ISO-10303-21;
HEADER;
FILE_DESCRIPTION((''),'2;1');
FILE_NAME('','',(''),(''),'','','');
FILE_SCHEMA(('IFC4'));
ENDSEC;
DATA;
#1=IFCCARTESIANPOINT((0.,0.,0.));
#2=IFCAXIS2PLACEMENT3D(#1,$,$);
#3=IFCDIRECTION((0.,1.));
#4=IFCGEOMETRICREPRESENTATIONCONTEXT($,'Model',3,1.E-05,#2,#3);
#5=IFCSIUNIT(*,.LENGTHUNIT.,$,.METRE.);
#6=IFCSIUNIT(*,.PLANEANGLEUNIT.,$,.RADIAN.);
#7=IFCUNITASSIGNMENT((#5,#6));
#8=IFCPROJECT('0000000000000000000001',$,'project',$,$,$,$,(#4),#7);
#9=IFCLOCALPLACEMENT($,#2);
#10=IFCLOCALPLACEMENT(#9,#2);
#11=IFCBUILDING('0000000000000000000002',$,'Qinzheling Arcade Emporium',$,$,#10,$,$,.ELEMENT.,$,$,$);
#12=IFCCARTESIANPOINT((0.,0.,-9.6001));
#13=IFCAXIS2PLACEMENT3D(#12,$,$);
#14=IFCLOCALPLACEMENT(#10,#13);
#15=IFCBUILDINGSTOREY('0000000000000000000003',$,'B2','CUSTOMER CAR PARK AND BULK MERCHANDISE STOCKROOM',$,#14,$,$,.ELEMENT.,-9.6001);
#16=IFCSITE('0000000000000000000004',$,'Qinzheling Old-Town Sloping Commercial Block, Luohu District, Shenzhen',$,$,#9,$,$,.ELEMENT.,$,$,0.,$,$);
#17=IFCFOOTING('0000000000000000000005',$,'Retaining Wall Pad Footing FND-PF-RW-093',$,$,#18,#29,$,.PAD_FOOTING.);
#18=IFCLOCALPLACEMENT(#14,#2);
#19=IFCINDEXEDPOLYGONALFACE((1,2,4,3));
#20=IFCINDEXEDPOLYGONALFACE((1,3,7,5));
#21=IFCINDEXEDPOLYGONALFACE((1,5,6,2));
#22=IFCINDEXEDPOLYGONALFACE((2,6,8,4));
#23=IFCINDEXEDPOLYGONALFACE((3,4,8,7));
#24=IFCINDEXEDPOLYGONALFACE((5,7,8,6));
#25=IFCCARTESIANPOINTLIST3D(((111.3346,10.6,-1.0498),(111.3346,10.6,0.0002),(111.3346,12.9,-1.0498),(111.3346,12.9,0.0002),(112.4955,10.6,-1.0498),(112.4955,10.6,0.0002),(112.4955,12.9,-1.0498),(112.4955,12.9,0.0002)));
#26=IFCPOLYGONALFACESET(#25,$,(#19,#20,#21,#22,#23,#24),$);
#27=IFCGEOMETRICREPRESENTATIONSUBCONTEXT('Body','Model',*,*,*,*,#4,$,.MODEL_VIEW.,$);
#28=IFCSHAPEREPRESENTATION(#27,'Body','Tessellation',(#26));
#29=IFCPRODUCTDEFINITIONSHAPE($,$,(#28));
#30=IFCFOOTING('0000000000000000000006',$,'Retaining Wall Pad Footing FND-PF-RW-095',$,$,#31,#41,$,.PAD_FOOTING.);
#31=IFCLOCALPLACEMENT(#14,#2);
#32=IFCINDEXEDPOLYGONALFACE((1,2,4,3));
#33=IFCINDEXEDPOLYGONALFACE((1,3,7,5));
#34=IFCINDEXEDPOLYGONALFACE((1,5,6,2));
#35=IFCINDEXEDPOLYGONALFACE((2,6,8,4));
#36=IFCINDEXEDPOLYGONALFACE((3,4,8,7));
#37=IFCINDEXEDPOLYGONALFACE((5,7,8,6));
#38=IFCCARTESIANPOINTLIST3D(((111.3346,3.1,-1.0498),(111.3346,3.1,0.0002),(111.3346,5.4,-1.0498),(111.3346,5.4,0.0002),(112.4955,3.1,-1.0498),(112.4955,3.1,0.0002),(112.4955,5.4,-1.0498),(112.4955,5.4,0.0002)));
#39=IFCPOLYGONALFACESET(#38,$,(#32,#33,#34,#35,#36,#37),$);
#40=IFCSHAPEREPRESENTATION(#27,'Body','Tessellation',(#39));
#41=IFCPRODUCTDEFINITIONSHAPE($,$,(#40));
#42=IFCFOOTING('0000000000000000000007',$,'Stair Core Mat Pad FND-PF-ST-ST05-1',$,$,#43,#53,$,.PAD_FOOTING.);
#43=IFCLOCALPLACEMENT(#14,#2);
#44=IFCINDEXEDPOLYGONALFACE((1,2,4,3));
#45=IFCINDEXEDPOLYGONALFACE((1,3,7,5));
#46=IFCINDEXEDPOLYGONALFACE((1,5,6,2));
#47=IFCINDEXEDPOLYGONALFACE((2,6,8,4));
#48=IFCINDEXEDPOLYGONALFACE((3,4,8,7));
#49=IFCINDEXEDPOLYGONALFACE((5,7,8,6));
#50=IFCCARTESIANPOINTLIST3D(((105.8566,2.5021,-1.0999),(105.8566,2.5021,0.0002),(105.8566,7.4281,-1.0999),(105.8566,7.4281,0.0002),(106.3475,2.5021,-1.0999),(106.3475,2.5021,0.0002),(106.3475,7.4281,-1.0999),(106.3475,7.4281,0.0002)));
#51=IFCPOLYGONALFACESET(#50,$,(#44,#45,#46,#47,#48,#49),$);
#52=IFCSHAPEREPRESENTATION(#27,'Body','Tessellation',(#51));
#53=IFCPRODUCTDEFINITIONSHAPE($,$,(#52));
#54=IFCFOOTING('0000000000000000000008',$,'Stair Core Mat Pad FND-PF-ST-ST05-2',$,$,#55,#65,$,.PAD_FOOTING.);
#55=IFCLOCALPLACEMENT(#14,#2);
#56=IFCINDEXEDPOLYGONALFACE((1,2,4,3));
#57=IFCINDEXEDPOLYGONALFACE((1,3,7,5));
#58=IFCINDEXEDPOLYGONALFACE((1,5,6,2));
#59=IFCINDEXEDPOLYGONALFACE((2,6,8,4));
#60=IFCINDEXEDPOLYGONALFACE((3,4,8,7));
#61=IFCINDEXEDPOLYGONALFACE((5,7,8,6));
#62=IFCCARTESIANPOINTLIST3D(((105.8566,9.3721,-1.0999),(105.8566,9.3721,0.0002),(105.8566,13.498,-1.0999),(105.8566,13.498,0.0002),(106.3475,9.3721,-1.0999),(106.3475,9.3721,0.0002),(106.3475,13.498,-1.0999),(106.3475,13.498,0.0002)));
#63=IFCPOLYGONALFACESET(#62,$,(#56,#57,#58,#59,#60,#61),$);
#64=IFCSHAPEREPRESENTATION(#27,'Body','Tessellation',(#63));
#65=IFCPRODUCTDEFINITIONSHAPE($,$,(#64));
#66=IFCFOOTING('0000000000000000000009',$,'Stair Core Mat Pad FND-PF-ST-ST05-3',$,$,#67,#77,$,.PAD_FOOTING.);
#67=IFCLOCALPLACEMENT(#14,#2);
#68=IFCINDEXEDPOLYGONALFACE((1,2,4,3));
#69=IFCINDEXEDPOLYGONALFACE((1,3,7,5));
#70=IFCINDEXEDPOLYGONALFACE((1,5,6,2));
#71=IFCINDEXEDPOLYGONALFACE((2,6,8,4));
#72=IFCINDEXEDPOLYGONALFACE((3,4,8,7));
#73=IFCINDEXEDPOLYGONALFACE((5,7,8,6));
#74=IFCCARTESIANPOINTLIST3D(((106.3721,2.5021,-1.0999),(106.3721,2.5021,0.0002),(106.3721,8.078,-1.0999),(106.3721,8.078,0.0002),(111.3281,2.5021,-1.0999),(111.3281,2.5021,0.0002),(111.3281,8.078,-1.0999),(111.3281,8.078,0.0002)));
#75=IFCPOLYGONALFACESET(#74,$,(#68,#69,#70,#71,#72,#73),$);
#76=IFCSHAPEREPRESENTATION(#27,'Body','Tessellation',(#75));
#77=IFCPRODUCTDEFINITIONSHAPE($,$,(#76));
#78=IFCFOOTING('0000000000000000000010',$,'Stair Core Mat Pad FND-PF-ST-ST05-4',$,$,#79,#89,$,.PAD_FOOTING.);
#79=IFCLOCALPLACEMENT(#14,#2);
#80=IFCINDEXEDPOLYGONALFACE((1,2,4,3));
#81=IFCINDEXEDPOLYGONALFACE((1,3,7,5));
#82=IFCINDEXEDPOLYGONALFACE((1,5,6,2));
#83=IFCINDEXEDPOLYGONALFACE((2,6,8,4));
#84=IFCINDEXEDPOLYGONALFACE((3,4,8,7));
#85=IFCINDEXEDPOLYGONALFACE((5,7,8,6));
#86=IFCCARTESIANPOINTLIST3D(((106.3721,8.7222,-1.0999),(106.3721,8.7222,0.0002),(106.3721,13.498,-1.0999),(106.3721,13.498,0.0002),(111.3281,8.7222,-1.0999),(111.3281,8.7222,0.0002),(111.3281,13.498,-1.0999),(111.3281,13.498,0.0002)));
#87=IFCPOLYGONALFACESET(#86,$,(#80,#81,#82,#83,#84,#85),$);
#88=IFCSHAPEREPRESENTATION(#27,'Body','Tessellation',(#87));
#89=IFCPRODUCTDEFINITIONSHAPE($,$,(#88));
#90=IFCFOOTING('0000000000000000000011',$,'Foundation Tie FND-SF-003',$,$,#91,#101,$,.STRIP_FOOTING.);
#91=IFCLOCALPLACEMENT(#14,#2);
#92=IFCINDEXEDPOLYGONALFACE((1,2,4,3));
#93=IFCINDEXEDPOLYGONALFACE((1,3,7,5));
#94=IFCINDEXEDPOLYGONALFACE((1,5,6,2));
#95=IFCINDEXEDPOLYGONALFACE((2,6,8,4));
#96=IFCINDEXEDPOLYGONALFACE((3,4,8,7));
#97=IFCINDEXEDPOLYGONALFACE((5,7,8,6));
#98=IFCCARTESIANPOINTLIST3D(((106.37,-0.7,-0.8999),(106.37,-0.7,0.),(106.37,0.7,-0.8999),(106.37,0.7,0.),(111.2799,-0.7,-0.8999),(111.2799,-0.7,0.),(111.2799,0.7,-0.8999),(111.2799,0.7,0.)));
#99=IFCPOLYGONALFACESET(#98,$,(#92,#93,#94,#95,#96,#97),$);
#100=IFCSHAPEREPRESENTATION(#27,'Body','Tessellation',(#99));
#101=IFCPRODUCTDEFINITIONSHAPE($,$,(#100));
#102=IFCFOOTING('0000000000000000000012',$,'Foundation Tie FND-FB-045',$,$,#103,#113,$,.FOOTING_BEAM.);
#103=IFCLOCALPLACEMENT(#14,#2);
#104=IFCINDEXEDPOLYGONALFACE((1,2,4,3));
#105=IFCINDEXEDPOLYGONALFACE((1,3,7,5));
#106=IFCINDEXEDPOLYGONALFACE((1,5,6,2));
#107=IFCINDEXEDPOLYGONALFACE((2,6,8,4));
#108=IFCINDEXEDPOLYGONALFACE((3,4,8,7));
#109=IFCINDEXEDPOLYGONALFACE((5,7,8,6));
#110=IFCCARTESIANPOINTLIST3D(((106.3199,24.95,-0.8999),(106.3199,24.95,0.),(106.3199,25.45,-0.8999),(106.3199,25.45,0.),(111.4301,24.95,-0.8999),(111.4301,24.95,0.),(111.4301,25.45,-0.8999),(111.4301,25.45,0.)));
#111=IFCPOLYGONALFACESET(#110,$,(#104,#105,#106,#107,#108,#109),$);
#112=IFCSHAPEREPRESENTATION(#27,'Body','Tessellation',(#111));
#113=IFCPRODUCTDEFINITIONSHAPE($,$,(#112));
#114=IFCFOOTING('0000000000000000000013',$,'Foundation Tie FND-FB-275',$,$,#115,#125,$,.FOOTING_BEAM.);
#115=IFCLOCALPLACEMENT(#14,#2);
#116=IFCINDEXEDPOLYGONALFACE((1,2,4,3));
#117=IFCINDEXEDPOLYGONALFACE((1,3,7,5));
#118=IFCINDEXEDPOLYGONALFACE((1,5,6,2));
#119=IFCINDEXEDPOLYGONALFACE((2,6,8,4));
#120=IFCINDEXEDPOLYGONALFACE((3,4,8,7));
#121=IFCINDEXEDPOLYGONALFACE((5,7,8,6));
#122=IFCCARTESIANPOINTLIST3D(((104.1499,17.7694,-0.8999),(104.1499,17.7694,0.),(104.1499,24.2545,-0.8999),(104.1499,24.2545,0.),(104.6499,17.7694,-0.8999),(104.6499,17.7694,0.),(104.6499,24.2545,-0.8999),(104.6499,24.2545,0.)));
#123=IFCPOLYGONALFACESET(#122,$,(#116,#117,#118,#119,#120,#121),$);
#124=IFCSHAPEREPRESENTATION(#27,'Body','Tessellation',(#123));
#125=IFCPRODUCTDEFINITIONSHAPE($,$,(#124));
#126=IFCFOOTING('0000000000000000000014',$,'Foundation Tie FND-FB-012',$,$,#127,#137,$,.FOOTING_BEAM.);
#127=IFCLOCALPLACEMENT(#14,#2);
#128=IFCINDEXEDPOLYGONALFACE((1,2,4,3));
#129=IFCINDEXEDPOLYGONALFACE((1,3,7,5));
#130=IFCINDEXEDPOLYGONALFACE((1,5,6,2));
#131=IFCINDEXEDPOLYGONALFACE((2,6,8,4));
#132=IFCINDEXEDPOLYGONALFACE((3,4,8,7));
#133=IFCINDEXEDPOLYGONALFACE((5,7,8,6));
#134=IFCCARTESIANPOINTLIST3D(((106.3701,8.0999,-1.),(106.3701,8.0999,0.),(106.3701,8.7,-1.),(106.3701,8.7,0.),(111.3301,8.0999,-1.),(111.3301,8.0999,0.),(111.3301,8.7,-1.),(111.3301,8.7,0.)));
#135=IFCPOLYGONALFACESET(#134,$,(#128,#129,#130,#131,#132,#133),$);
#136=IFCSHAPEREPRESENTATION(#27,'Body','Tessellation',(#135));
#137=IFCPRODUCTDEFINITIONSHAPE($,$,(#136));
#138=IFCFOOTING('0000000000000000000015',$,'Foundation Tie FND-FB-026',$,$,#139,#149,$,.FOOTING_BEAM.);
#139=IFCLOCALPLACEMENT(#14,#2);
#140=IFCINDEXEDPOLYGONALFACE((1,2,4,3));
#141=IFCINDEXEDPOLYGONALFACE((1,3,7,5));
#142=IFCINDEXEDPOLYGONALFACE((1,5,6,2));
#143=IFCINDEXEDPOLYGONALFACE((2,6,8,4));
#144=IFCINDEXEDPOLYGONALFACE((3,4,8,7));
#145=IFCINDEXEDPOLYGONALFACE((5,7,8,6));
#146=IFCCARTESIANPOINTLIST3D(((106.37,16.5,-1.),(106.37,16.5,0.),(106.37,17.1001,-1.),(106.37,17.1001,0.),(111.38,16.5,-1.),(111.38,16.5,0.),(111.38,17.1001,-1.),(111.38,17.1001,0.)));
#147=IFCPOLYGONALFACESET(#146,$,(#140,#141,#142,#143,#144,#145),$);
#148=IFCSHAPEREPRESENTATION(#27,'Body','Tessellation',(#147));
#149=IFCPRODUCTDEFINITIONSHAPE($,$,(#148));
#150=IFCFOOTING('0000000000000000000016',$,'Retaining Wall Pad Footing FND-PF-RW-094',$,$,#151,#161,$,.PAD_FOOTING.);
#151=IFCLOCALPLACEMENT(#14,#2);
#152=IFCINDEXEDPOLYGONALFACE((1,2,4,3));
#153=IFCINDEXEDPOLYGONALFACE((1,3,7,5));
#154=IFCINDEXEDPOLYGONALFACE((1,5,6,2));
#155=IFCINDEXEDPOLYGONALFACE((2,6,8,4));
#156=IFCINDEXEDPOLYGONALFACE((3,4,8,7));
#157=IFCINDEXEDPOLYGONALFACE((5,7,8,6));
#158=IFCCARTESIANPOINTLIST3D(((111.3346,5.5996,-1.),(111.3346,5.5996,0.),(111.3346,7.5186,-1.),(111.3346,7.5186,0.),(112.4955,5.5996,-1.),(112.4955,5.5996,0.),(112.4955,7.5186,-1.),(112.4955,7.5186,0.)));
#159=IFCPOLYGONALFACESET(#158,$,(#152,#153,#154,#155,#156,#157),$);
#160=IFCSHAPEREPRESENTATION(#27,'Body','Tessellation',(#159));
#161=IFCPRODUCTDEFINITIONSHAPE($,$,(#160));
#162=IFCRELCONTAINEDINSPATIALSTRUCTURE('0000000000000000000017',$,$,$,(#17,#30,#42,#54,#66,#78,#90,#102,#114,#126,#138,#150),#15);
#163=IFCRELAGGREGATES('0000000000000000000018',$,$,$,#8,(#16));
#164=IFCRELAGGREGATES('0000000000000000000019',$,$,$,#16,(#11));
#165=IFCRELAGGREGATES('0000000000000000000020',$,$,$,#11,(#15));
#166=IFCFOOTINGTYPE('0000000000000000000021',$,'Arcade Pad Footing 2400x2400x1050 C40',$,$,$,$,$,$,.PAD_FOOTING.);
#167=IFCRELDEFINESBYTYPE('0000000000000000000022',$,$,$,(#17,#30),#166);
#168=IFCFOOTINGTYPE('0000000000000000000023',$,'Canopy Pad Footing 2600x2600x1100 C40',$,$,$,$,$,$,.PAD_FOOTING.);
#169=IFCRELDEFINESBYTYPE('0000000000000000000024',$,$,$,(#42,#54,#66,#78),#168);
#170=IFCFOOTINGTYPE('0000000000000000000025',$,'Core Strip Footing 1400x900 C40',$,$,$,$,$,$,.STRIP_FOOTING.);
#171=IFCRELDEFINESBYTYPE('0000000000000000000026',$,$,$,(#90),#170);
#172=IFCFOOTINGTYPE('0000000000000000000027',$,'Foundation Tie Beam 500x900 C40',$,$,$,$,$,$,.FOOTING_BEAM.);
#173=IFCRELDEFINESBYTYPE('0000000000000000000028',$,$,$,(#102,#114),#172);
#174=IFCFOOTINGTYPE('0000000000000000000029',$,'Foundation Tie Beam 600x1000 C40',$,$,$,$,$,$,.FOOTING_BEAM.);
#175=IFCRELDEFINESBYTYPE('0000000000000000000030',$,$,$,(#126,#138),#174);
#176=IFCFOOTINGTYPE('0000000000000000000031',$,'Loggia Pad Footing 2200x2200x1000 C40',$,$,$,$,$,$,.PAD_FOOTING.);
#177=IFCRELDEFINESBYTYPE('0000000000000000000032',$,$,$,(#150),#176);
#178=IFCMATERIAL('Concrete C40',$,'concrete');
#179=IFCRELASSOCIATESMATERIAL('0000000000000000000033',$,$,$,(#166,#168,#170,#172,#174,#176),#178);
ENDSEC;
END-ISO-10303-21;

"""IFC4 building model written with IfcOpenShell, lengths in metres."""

from ifc_helpers import new_model, si_unit, direction, frame, origin, origin_2d, place, context, subcontext, project, spatial, rectangle, extrude, material, type_object, element, save


model = new_model("IFC4")

# Units and contexts
model_context = context("Model", 3, precision=1e-05, world=origin(), true_north=direction((0.0, 1.0)))
body_context = subcontext(model_context, "Body", "Model", "MODEL_VIEW")
ifc_project = project(units=[si_unit("LENGTHUNIT", "METRE"), si_unit("PLANEANGLEUNIT", "RADIAN")], contexts=[model_context])

# Site, building, storey
site_placement = place(None, origin())
site = spatial("IfcSite", under=ifc_project, at=site_placement, Name="Qinzheling Old-Town Sloping Commercial Block, Luohu District, Shenzhen", CompositionType="ELEMENT", RefElevation=0.0)
building_placement = place(site_placement, origin())
building = spatial("IfcBuilding", under=site, at=building_placement, Name="Qinzheling Arcade Emporium", CompositionType="ELEMENT")
storey_placement = place(building_placement, frame((0.0, 0.0, -9.6001)))
storey = spatial("IfcBuildingStorey", under=building, at=storey_placement, Name="B2", Description="CUSTOMER CAR PARK AND BULK MERCHANDISE STOCKROOM", CompositionType="ELEMENT", Elevation=-9.6001)

# Footings
ifc_material_1 = material(Name="Concrete C40", Category="concrete")
footing_type_1 = type_object("IfcFootingType", Name="Arcade Pad Footing 2400x2400x1050 C40", PredefinedType="PAD_FOOTING", material=ifc_material_1)
for number, where, z_axis, x_axis, name in (
    (1, (111.915, 11.75, -1.0498), (0.0, 0.0, 1.0), (1.0, 0.0, 0.0), "Retaining Wall Pad Footing FND-PF-RW-093"),
    (2, (111.915, 4.25, -1.0498), (0.0, 0.0, 1.0), (1.0, 0.0, 0.0), "Retaining Wall Pad Footing FND-PF-RW-095"),
):
    element("IfcFooting", number, at=place(storey_placement, frame(where, z_axis=z_axis, x_axis=x_axis)), inside=storey, type_object=footing_type_1, Name=name, PredefinedType="PAD_FOOTING", context=body_context, shape_type="SweptSolid", body=[
        extrude(rectangle(XDim=1.1609, YDim=2.3, at=origin_2d()), origin(), (0.0, 0.0, 1.0), 1.05),
    ])
footing_type_2 = type_object("IfcFootingType", Name="Canopy Pad Footing 2600x2600x1100 C40", PredefinedType="PAD_FOOTING", material=ifc_material_1)
footing_1_placement = place(storey_placement, frame((106.1021, 4.9651, -1.0999), z_axis=(0.0, 0.0, 1.0), x_axis=(1.0, 0.0, 0.0)))
element("IfcFooting", 3, at=footing_1_placement, inside=storey, type_object=footing_type_2, Name="Stair Core Mat Pad FND-PF-ST-ST05-1", PredefinedType="PAD_FOOTING", context=body_context, shape_type="SweptSolid", body=[
    extrude(rectangle(XDim=0.491, YDim=4.926, at=origin_2d()), origin(), (0.0, 0.0, 1.0), 1.1001),
])
footing_2_placement = place(storey_placement, frame((106.1021, 11.4351, -1.0999), z_axis=(0.0, 0.0, 1.0), x_axis=(1.0, 0.0, 0.0)))
element("IfcFooting", 4, at=footing_2_placement, inside=storey, type_object=footing_type_2, Name="Stair Core Mat Pad FND-PF-ST-ST05-2", PredefinedType="PAD_FOOTING", context=body_context, shape_type="SweptSolid", body=[
    extrude(rectangle(XDim=0.491, YDim=4.126, at=origin_2d()), origin(), (0.0, 0.0, 1.0), 1.1001),
])
footing_3_placement = place(storey_placement, frame((108.8501, 5.29, -1.0999), z_axis=(0.0, 0.0, 1.0), x_axis=(1.0, 0.0, 0.0)))
element("IfcFooting", 5, at=footing_3_placement, inside=storey, type_object=footing_type_2, Name="Stair Core Mat Pad FND-PF-ST-ST05-3", PredefinedType="PAD_FOOTING", context=body_context, shape_type="SweptSolid", body=[
    extrude(rectangle(XDim=4.9561, YDim=5.5759, at=origin_2d()), origin(), (0.0, 0.0, 1.0), 1.1001),
])
footing_4_placement = place(storey_placement, frame((108.8501, 11.1101, -1.0999), z_axis=(0.0, 0.0, 1.0), x_axis=(1.0, 0.0, 0.0)))
element("IfcFooting", 6, at=footing_4_placement, inside=storey, type_object=footing_type_2, Name="Stair Core Mat Pad FND-PF-ST-ST05-4", PredefinedType="PAD_FOOTING", context=body_context, shape_type="SweptSolid", body=[
    extrude(rectangle(XDim=4.9561, YDim=4.7759, at=origin_2d()), origin(), (0.0, 0.0, 1.0), 1.1001),
])
footing_type_3 = type_object("IfcFootingType", Name="Core Strip Footing 1400x900 C40", PredefinedType="STRIP_FOOTING", material=ifc_material_1)
footing_5_placement = place(storey_placement, frame((108.825, 0.0, -0.8999), z_axis=(0.0, 0.0, 1.0), x_axis=(1.0, 0.0, 0.0)))
element("IfcFooting", 7, at=footing_5_placement, inside=storey, type_object=footing_type_3, Name="Foundation Tie FND-SF-003", PredefinedType="STRIP_FOOTING", context=body_context, shape_type="SweptSolid", body=[
    extrude(rectangle(XDim=4.9099, YDim=1.3999, at=origin_2d()), origin(), (0.0, 0.0, 1.0), 0.8999),
])
footing_type_4 = type_object("IfcFootingType", Name="Foundation Tie Beam 500x900 C40", PredefinedType="FOOTING_BEAM", material=ifc_material_1)
footing_6_placement = place(storey_placement, frame((108.875, 25.2, -0.8999), z_axis=(0.0, 0.0, 1.0), x_axis=(1.0, 0.0, 0.0)))
element("IfcFooting", 8, at=footing_6_placement, inside=storey, type_object=footing_type_4, Name="Foundation Tie FND-FB-045", PredefinedType="FOOTING_BEAM", context=body_context, shape_type="SweptSolid", body=[
    extrude(rectangle(XDim=5.1101, YDim=0.5, at=origin_2d()), origin(), (0.0, 0.0, 1.0), 0.8999),
])
footing_7_placement = place(storey_placement, frame((104.3999, 21.012, -0.8999), z_axis=(0.0, 0.0, 1.0), x_axis=(1.0, 0.0, 0.0)))
element("IfcFooting", 9, at=footing_7_placement, inside=storey, type_object=footing_type_4, Name="Foundation Tie FND-FB-275", PredefinedType="FOOTING_BEAM", context=body_context, shape_type="SweptSolid", body=[
    extrude(rectangle(XDim=0.5, YDim=6.4851, at=origin_2d()), origin(), (0.0, 0.0, 1.0), 0.8999),
])
footing_type_5 = type_object("IfcFootingType", Name="Foundation Tie Beam 600x1000 C40", PredefinedType="FOOTING_BEAM", material=ifc_material_1)
footing_8_placement = place(storey_placement, frame((108.8501, 8.3999, -1.0), z_axis=(0.0, 0.0, 1.0), x_axis=(1.0, 0.0, 0.0)))
element("IfcFooting", 10, at=footing_8_placement, inside=storey, type_object=footing_type_5, Name="Foundation Tie FND-FB-012", PredefinedType="FOOTING_BEAM", context=body_context, shape_type="SweptSolid", body=[
    extrude(rectangle(XDim=4.96, YDim=0.6001, at=origin_2d()), origin(), (0.0, 0.0, 1.0), 1.0),
])
footing_9_placement = place(storey_placement, frame((108.875, 16.8, -1.0), z_axis=(0.0, 0.0, 1.0), x_axis=(1.0, 0.0, 0.0)))
element("IfcFooting", 11, at=footing_9_placement, inside=storey, type_object=footing_type_5, Name="Foundation Tie FND-FB-026", PredefinedType="FOOTING_BEAM", context=body_context, shape_type="SweptSolid", body=[
    extrude(rectangle(XDim=5.01, YDim=0.6001, at=origin_2d()), origin(), (0.0, 0.0, 1.0), 1.0),
])
footing_type_6 = type_object("IfcFootingType", Name="Loggia Pad Footing 2200x2200x1000 C40", PredefinedType="PAD_FOOTING", material=ifc_material_1)
footing_10_placement = place(storey_placement, frame((111.915, 6.5591, -1.0), z_axis=(0.0, 0.0, 1.0), x_axis=(1.0, 0.0, 0.0)))
element("IfcFooting", 12, at=footing_10_placement, inside=storey, type_object=footing_type_6, Name="Retaining Wall Pad Footing FND-PF-RW-094", PredefinedType="PAD_FOOTING", context=body_context, shape_type="SweptSolid", body=[
    extrude(rectangle(XDim=1.1609, YDim=1.9189, at=origin_2d()), origin(), (0.0, 0.0, 1.0), 1.0),
])

save(model, "model.ifc")
